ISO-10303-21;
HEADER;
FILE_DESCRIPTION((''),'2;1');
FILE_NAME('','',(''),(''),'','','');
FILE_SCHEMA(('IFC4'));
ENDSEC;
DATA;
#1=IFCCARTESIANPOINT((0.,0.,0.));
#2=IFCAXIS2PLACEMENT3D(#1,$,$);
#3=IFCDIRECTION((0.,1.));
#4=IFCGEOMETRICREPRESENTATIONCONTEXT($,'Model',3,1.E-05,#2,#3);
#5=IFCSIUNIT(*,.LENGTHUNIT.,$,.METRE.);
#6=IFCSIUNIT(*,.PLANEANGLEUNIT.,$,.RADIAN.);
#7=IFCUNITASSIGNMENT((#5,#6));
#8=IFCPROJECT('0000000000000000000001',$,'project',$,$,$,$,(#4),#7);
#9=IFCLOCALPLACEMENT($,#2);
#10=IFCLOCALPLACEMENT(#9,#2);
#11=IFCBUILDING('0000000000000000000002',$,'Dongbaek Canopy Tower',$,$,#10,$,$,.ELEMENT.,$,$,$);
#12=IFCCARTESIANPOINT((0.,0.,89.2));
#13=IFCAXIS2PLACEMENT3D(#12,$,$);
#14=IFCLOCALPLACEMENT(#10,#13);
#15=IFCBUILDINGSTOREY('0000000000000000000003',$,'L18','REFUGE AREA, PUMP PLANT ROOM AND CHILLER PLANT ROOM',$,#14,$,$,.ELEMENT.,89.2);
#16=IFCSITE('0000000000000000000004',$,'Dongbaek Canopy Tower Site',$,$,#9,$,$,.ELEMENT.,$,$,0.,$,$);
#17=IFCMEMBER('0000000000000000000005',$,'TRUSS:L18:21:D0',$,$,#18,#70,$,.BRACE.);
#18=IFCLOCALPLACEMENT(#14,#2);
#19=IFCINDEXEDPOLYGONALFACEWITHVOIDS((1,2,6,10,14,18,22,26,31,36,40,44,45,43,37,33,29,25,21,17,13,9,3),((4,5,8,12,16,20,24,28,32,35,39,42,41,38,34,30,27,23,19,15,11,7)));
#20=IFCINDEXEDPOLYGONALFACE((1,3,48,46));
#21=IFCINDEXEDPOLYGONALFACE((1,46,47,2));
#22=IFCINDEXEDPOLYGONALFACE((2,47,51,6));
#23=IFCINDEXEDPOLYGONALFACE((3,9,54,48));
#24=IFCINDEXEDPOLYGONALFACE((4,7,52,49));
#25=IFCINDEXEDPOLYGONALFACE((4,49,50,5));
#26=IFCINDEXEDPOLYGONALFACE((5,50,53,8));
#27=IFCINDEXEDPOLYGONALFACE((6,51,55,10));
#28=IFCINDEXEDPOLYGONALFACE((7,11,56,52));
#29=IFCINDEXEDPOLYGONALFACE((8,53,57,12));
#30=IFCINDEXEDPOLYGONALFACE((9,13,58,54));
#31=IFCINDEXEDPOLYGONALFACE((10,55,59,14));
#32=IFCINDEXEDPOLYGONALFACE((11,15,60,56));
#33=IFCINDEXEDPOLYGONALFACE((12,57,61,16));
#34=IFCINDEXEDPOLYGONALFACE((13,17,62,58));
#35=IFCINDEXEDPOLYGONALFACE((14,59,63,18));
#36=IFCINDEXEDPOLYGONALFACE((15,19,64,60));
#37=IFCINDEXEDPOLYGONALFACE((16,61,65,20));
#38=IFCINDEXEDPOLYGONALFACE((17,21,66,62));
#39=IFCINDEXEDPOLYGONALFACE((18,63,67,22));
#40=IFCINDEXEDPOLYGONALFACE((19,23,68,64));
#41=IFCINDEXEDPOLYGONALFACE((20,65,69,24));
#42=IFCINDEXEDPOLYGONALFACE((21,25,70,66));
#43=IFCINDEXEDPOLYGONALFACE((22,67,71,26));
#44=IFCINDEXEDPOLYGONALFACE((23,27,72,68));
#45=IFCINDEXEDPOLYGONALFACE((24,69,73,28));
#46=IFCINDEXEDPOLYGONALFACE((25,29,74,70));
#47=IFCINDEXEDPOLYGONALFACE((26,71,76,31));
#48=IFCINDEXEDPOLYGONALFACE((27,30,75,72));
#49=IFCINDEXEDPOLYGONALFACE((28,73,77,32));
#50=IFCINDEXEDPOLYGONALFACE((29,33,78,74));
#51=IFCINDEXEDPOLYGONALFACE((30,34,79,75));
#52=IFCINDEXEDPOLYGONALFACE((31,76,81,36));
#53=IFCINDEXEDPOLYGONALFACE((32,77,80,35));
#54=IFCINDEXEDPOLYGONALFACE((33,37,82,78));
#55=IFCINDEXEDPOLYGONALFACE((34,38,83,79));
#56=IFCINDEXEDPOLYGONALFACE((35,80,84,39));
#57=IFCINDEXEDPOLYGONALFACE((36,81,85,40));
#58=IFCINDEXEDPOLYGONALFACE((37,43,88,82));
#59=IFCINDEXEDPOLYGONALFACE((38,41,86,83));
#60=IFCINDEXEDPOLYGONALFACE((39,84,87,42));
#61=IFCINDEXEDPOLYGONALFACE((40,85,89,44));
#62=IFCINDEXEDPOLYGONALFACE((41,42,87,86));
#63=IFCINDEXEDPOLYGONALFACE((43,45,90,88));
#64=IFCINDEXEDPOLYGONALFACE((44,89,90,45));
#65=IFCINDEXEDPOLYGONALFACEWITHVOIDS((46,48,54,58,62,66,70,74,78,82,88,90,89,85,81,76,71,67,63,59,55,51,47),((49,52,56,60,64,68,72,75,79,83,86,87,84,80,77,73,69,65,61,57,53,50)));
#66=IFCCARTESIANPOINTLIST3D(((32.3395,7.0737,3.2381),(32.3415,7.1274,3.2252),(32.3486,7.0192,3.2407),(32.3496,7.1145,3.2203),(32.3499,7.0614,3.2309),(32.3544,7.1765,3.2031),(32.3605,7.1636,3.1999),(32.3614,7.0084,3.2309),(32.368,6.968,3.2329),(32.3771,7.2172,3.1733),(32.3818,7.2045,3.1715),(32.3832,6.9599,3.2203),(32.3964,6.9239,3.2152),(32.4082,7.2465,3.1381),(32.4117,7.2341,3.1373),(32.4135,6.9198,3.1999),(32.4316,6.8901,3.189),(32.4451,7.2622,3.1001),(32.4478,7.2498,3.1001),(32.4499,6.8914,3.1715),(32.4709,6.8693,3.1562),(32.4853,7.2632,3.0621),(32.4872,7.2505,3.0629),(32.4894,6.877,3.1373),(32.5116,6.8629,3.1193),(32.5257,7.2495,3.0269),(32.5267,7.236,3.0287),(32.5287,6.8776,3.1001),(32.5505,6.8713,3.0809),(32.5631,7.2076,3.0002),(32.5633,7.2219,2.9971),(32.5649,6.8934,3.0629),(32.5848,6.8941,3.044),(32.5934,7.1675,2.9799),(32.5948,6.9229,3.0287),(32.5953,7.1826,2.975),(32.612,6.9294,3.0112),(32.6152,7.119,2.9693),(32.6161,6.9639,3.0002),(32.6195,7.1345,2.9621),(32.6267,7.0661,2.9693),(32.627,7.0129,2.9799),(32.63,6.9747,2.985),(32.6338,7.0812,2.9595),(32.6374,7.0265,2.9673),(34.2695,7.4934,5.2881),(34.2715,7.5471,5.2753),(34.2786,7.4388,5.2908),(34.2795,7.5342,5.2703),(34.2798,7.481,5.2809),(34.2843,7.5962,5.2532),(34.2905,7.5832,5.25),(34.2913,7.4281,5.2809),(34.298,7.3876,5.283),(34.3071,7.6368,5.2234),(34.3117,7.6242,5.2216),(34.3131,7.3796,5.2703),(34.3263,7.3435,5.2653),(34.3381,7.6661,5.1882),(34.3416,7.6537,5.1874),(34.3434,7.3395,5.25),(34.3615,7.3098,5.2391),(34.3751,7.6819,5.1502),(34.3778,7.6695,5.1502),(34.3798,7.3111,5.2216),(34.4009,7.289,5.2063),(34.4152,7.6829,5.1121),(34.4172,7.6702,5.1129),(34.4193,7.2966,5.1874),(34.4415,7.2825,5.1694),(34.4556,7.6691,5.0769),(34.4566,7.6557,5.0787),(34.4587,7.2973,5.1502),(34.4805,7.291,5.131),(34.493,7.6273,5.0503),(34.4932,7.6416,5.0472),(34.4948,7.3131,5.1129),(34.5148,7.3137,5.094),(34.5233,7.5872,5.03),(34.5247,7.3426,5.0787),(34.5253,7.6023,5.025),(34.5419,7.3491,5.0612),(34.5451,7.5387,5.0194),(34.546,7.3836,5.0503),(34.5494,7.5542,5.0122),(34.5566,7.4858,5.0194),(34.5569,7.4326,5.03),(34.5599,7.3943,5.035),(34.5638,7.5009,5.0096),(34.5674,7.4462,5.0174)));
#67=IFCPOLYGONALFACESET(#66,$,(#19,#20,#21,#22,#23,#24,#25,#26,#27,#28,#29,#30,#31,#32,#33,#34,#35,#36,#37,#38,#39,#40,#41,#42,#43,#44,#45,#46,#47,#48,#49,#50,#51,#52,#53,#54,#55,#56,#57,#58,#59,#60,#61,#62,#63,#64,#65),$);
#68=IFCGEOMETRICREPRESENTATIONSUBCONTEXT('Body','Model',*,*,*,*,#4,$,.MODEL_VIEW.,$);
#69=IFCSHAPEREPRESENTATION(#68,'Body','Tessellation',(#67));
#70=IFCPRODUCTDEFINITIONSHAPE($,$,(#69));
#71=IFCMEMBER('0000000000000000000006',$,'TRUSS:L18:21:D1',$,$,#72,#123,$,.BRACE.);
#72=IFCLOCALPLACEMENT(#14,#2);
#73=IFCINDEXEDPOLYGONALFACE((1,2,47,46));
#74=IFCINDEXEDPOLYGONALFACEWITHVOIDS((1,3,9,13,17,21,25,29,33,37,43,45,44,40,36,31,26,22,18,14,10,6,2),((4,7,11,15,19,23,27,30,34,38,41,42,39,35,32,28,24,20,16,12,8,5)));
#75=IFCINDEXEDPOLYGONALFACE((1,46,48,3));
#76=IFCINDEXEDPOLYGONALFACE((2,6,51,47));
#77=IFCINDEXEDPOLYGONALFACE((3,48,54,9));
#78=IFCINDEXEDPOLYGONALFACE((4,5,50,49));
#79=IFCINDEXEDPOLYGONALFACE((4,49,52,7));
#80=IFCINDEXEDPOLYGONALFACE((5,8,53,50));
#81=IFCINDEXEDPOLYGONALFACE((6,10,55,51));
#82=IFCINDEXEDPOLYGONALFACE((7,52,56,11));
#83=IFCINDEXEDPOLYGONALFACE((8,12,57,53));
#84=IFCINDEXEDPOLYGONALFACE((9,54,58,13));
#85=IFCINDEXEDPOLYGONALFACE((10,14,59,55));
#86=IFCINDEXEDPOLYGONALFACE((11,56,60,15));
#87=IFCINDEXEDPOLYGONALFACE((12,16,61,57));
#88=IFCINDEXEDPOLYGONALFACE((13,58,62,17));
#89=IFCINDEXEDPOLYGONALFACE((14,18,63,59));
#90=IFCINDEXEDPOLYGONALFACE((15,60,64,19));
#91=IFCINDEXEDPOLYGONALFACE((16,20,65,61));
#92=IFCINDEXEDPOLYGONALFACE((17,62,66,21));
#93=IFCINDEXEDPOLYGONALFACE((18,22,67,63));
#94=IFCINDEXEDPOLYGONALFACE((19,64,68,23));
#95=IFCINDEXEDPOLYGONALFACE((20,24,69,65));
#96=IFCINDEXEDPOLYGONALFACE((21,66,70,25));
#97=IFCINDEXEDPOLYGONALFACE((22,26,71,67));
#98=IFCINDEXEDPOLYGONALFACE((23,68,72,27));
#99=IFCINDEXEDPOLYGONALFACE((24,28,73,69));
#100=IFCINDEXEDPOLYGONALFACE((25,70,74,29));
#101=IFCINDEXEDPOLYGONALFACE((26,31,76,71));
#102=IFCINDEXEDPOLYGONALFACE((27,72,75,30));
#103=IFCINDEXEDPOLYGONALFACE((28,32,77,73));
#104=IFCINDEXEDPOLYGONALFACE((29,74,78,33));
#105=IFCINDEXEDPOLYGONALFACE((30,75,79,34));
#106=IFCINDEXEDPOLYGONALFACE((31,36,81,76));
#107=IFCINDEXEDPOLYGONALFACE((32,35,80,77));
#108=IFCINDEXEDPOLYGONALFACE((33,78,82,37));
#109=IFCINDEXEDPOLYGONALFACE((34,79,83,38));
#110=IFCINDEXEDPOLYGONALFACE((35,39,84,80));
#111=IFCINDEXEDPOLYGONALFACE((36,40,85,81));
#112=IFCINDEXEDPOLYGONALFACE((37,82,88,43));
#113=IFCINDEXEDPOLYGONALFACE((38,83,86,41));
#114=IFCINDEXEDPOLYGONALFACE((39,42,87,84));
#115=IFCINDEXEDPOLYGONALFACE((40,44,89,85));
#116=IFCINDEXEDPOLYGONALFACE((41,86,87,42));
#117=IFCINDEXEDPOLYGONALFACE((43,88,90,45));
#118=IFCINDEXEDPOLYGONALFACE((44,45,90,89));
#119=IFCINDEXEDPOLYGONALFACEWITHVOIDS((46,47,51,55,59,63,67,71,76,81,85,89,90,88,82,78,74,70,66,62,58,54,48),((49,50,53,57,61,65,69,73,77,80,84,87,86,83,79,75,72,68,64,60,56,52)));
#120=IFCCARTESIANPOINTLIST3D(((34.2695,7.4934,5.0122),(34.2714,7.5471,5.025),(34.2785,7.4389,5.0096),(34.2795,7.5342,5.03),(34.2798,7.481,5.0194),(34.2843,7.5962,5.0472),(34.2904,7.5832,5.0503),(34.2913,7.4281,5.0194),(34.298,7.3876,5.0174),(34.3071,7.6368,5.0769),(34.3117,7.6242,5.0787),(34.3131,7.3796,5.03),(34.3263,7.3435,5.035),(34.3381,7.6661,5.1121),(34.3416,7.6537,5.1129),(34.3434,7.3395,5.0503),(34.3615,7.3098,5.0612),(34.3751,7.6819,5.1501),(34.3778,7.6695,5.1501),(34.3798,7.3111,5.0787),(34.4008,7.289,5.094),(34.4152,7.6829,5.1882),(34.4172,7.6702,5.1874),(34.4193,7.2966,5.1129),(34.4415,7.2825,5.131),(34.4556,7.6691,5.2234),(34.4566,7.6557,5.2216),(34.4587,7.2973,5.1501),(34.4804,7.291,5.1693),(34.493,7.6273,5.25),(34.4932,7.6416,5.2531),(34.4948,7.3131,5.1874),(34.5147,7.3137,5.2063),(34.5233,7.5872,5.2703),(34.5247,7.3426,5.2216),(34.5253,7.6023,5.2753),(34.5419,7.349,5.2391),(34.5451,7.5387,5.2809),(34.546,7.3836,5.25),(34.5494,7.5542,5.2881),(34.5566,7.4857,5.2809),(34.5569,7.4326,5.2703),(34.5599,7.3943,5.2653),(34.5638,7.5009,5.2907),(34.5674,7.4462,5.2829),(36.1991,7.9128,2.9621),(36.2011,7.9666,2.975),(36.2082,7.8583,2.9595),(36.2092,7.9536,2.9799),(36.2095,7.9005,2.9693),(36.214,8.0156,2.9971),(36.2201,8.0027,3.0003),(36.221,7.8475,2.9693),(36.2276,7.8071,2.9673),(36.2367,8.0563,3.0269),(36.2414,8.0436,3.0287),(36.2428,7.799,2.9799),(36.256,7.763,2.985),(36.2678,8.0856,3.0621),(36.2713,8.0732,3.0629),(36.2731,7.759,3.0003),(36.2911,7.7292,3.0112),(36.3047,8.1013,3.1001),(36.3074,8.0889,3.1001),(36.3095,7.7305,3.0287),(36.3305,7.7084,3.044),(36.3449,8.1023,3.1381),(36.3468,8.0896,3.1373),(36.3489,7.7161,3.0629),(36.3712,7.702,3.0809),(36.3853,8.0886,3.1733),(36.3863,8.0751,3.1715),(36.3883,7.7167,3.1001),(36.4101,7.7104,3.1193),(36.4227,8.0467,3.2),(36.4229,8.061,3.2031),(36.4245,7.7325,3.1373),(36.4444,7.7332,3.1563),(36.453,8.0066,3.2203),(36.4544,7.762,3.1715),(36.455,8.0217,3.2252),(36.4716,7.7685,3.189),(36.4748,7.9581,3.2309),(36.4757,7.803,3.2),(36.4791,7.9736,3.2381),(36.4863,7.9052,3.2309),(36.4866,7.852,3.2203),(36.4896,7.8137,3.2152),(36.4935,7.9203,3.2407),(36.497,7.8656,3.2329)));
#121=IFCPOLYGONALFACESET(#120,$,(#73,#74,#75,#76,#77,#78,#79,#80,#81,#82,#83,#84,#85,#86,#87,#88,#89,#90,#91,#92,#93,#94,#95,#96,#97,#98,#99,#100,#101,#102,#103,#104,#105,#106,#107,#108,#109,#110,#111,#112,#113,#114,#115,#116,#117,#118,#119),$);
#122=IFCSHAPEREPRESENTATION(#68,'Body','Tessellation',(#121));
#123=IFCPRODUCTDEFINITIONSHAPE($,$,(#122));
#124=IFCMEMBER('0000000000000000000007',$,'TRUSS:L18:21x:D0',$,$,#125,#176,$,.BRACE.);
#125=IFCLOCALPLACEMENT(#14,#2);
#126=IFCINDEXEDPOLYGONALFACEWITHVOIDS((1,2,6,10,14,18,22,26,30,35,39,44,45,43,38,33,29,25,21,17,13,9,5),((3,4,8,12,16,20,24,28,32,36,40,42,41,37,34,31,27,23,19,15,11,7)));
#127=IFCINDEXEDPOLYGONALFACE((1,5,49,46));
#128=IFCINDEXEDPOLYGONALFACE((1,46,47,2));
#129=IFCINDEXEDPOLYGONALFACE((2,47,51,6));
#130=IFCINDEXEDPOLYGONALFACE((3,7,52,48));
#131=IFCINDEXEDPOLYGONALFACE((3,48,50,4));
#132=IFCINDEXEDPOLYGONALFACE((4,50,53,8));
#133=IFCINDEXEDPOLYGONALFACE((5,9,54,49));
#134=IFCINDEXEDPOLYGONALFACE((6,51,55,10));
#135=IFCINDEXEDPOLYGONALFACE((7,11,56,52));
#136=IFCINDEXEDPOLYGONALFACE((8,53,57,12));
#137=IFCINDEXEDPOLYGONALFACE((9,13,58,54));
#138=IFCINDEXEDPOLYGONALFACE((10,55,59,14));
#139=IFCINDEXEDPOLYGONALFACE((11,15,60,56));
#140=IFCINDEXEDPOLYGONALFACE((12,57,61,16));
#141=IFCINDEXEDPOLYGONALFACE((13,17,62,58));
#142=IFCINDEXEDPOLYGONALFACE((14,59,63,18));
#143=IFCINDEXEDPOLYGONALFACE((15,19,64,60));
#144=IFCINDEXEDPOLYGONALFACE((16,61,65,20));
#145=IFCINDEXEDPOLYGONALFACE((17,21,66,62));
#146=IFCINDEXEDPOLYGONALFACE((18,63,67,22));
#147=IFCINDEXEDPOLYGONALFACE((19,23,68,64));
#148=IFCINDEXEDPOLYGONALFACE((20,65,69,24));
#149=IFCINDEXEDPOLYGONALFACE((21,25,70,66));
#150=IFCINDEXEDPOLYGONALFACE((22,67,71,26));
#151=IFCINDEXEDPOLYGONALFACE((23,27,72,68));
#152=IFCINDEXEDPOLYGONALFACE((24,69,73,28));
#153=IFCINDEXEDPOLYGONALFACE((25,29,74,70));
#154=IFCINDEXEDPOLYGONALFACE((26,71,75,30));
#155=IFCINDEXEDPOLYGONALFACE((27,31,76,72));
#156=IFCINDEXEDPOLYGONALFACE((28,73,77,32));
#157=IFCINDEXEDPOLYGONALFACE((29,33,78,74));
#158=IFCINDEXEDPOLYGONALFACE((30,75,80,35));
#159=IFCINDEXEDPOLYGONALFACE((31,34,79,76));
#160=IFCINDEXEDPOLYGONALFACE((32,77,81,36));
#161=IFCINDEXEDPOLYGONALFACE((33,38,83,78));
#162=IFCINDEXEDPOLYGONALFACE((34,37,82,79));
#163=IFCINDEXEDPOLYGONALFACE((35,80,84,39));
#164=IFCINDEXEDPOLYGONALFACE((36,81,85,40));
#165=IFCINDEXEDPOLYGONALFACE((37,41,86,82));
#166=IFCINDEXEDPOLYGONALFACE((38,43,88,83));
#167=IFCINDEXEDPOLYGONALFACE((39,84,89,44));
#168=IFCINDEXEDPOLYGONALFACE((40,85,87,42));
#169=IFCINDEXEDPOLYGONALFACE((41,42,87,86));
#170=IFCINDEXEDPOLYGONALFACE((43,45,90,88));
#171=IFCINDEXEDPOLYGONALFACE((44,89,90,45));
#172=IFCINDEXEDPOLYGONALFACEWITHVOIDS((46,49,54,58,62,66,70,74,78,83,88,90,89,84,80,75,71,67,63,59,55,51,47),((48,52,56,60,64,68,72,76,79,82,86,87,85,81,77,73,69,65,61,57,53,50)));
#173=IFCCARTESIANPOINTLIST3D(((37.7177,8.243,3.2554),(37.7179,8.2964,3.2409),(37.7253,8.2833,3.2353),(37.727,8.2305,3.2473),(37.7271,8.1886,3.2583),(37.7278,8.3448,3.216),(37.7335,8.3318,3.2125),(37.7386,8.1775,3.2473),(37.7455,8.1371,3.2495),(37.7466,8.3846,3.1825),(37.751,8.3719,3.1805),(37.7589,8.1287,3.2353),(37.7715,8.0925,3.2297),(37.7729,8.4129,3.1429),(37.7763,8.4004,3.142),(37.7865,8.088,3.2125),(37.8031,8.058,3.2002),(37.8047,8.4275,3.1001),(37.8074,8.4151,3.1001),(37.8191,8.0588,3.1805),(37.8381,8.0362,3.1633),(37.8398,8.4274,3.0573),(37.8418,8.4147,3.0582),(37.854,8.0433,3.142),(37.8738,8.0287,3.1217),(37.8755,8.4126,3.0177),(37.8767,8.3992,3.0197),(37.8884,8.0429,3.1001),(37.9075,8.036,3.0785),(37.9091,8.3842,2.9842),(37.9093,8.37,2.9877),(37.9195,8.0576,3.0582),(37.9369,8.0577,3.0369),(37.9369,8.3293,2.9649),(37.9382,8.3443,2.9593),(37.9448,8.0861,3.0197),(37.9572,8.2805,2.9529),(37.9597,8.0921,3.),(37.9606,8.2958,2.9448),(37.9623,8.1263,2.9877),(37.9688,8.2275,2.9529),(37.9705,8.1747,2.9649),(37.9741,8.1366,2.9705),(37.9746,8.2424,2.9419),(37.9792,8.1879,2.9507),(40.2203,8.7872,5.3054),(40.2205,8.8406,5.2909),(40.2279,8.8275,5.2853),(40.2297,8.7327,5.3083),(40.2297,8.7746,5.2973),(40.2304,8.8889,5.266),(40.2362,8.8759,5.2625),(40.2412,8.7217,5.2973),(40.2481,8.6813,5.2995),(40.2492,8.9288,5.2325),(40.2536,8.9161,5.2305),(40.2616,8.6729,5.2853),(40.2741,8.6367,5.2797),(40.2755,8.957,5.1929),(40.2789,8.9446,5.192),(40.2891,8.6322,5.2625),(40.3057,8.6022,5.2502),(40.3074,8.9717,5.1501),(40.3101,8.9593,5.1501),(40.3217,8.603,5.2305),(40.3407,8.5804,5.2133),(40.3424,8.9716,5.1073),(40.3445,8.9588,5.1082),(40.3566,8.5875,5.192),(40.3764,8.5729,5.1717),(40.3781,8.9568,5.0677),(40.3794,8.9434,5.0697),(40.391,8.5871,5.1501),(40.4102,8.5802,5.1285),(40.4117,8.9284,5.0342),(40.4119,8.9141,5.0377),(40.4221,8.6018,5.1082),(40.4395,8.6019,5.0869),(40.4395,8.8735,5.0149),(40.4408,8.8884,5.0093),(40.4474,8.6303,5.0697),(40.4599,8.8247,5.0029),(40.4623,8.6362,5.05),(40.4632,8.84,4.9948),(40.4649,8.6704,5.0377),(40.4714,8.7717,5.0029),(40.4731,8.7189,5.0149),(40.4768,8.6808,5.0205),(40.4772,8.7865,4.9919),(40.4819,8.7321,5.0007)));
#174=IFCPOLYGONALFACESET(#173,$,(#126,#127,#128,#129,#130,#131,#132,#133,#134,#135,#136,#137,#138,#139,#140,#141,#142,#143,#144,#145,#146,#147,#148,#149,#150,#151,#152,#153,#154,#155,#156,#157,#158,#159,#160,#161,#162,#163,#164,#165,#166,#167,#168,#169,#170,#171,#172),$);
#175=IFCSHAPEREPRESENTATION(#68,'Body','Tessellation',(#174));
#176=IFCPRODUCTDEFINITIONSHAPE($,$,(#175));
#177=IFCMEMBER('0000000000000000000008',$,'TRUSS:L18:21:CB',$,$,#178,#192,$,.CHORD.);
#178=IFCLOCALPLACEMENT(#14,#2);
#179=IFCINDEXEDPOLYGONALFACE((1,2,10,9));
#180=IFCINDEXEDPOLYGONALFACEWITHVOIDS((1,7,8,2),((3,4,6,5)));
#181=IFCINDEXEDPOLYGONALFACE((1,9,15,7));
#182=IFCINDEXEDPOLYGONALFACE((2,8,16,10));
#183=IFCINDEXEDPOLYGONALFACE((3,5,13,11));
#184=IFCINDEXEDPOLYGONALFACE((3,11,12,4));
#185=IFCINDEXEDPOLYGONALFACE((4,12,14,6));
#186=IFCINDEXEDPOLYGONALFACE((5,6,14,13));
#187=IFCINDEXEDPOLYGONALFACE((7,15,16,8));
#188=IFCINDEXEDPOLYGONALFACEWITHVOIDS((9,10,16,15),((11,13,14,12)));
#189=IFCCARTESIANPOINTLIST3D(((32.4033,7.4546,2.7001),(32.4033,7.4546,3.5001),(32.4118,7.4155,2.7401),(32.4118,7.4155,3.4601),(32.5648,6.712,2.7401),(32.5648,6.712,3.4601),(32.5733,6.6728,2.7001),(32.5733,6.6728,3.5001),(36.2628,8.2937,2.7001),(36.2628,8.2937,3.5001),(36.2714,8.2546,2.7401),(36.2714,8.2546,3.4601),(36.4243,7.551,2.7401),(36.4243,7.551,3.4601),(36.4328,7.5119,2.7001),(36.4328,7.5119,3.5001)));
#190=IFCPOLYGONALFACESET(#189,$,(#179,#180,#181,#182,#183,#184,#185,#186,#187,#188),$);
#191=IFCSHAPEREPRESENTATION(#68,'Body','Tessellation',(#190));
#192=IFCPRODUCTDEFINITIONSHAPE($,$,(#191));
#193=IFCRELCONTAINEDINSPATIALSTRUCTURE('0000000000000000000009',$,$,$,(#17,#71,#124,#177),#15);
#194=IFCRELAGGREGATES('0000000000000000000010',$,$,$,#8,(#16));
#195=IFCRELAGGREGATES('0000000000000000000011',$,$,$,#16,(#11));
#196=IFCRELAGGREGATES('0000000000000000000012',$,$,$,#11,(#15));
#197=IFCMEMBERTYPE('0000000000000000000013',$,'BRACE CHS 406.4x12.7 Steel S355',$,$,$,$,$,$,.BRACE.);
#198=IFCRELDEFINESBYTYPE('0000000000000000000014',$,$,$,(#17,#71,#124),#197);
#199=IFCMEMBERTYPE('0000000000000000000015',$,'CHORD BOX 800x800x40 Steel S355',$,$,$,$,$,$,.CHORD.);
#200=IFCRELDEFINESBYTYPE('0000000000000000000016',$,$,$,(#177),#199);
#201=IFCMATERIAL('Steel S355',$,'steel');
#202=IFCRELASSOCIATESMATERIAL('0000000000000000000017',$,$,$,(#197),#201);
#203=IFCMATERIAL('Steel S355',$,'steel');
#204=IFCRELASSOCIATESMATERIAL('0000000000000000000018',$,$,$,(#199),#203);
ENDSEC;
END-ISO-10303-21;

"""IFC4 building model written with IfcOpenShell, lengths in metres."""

from ifc_helpers import new_model, si_unit, direction, frame, origin, origin_2d, place, context, subcontext, project, spatial, hollow_rectangle, hollow_circle, extrude, material, material_profile, profile_set, type_object, element, save


model = new_model("IFC4")

# Units and contexts
model_context = context("Model", 3, precision=1e-05, world=origin(), true_north=direction((0.0, 1.0)))
body_context = subcontext(model_context, "Body", "Model", "MODEL_VIEW")
ifc_project = project(units=[si_unit("LENGTHUNIT", "METRE"), si_unit("PLANEANGLEUNIT", "RADIAN")], contexts=[model_context])

# Site, building, storey
site_placement = place(None, origin())
site = spatial("IfcSite", under=ifc_project, at=site_placement, Name="Dongbaek Canopy Tower Site", CompositionType="ELEMENT", RefElevation=0.0)
building_placement = place(site_placement, origin())
building = spatial("IfcBuilding", under=site, at=building_placement, Name="Dongbaek Canopy Tower", CompositionType="ELEMENT")
storey_placement = place(building_placement, frame((0.0, 0.0, 89.2)))
storey = spatial("IfcBuildingStorey", under=building, at=storey_placement, Name="L18", Description="REFUGE AREA, PUMP PLANT ROOM AND CHILLER PLANT ROOM", CompositionType="ELEMENT", Elevation=89.2)

# Members
ifc_material_1 = material(Name="Steel S355", Category="steel")
ifc_material_profile_1 = material_profile(ifc_material_1, hollow_circle(Radius=0.2031, WallThickness=0.0127, at=origin_2d()), Name="BRACE CHS 406.4x12.7 Steel S355")
ifc_profile_set_1 = profile_set([ifc_material_profile_1], Name="Steel S355")
member_type_1 = type_object("IfcMemberType", Name="BRACE CHS 406.4x12.7 Steel S355", PredefinedType="BRACE", material=ifc_profile_set_1)
member_1_placement = place(storey_placement, frame((32.4883, 7.0637, 3.1001), z_axis=(0.677964, 0.147428, 0.72016), x_axis=(-0.212491, 0.977163, 0.0)))
element("IfcMember", 1, at=member_1_placement, inside=storey, type_object=member_type_1, Name="TRUSS:L18:21:D0", PredefinedType="BRACE", context=body_context, shape_type="SweptSolid", body=[
    extrude(hollow_circle(Radius=0.2031, WallThickness=0.0127, at=origin_2d()), origin(), (0.0, 0.0, 1.0), 2.8467),
])
member_2_placement = place(storey_placement, frame((34.4182, 7.4834, 5.1501), z_axis=(0.677926, 0.147353, -0.720211), x_axis=(-0.212399, 0.977183, 0.0)))
element("IfcMember", 2, at=member_2_placement, inside=storey, type_object=member_type_1, Name="TRUSS:L18:21:D1", PredefinedType="BRACE", context=body_context, shape_type="SweptSolid", body=[
    extrude(hollow_circle(Radius=0.2031, WallThickness=0.0127, at=origin_2d()), origin(), (0.0, 0.0, 1.0), 2.8464),
])
member_3_placement = place(storey_placement, frame((37.8479, 8.229, 3.1001), z_axis=(0.762876, 0.165882, 0.624902), x_axis=(-0.212477, 0.977166, 0.0)))
element("IfcMember", 3, at=member_3_placement, inside=storey, type_object=member_type_1, Name="TRUSS:L18:21x:D0", PredefinedType="BRACE", context=body_context, shape_type="SweptSolid", body=[
    extrude(hollow_circle(Radius=0.2031, WallThickness=0.0127, at=origin_2d()), origin(), (0.0, 0.0, 1.0), 3.2805),
])
ifc_material_2 = material(Name="Steel S355", Category="steel")
ifc_material_profile_2 = material_profile(ifc_material_2, hollow_rectangle(XDim=0.8, YDim=0.8, WallThickness=0.04, at=origin_2d()), Name="CHORD BOX 800x800x40 Steel S355")
ifc_profile_set_2 = profile_set([ifc_material_profile_2], Name="Steel S355")
member_type_2 = type_object("IfcMemberType", Name="CHORD BOX 800x800x40 Steel S355", PredefinedType="CHORD", material=ifc_profile_set_2)
member_4_placement = place(storey_placement, frame((32.4883, 7.0637, 3.1001), z_axis=(0.977173, 0.212445, 0.0), x_axis=(-0.212445, 0.977173, 0.0)))
element("IfcMember", 4, at=member_4_placement, inside=storey, type_object=member_type_2, Name="TRUSS:L18:21:CB", PredefinedType="CHORD", context=body_context, shape_type="SweptSolid", body=[
    extrude(hollow_rectangle(XDim=0.8, YDim=0.8, WallThickness=0.04, at=origin_2d()), origin(), (0.0, 0.0, 1.0), 3.9497),
])

save(model, "model.ifc")
